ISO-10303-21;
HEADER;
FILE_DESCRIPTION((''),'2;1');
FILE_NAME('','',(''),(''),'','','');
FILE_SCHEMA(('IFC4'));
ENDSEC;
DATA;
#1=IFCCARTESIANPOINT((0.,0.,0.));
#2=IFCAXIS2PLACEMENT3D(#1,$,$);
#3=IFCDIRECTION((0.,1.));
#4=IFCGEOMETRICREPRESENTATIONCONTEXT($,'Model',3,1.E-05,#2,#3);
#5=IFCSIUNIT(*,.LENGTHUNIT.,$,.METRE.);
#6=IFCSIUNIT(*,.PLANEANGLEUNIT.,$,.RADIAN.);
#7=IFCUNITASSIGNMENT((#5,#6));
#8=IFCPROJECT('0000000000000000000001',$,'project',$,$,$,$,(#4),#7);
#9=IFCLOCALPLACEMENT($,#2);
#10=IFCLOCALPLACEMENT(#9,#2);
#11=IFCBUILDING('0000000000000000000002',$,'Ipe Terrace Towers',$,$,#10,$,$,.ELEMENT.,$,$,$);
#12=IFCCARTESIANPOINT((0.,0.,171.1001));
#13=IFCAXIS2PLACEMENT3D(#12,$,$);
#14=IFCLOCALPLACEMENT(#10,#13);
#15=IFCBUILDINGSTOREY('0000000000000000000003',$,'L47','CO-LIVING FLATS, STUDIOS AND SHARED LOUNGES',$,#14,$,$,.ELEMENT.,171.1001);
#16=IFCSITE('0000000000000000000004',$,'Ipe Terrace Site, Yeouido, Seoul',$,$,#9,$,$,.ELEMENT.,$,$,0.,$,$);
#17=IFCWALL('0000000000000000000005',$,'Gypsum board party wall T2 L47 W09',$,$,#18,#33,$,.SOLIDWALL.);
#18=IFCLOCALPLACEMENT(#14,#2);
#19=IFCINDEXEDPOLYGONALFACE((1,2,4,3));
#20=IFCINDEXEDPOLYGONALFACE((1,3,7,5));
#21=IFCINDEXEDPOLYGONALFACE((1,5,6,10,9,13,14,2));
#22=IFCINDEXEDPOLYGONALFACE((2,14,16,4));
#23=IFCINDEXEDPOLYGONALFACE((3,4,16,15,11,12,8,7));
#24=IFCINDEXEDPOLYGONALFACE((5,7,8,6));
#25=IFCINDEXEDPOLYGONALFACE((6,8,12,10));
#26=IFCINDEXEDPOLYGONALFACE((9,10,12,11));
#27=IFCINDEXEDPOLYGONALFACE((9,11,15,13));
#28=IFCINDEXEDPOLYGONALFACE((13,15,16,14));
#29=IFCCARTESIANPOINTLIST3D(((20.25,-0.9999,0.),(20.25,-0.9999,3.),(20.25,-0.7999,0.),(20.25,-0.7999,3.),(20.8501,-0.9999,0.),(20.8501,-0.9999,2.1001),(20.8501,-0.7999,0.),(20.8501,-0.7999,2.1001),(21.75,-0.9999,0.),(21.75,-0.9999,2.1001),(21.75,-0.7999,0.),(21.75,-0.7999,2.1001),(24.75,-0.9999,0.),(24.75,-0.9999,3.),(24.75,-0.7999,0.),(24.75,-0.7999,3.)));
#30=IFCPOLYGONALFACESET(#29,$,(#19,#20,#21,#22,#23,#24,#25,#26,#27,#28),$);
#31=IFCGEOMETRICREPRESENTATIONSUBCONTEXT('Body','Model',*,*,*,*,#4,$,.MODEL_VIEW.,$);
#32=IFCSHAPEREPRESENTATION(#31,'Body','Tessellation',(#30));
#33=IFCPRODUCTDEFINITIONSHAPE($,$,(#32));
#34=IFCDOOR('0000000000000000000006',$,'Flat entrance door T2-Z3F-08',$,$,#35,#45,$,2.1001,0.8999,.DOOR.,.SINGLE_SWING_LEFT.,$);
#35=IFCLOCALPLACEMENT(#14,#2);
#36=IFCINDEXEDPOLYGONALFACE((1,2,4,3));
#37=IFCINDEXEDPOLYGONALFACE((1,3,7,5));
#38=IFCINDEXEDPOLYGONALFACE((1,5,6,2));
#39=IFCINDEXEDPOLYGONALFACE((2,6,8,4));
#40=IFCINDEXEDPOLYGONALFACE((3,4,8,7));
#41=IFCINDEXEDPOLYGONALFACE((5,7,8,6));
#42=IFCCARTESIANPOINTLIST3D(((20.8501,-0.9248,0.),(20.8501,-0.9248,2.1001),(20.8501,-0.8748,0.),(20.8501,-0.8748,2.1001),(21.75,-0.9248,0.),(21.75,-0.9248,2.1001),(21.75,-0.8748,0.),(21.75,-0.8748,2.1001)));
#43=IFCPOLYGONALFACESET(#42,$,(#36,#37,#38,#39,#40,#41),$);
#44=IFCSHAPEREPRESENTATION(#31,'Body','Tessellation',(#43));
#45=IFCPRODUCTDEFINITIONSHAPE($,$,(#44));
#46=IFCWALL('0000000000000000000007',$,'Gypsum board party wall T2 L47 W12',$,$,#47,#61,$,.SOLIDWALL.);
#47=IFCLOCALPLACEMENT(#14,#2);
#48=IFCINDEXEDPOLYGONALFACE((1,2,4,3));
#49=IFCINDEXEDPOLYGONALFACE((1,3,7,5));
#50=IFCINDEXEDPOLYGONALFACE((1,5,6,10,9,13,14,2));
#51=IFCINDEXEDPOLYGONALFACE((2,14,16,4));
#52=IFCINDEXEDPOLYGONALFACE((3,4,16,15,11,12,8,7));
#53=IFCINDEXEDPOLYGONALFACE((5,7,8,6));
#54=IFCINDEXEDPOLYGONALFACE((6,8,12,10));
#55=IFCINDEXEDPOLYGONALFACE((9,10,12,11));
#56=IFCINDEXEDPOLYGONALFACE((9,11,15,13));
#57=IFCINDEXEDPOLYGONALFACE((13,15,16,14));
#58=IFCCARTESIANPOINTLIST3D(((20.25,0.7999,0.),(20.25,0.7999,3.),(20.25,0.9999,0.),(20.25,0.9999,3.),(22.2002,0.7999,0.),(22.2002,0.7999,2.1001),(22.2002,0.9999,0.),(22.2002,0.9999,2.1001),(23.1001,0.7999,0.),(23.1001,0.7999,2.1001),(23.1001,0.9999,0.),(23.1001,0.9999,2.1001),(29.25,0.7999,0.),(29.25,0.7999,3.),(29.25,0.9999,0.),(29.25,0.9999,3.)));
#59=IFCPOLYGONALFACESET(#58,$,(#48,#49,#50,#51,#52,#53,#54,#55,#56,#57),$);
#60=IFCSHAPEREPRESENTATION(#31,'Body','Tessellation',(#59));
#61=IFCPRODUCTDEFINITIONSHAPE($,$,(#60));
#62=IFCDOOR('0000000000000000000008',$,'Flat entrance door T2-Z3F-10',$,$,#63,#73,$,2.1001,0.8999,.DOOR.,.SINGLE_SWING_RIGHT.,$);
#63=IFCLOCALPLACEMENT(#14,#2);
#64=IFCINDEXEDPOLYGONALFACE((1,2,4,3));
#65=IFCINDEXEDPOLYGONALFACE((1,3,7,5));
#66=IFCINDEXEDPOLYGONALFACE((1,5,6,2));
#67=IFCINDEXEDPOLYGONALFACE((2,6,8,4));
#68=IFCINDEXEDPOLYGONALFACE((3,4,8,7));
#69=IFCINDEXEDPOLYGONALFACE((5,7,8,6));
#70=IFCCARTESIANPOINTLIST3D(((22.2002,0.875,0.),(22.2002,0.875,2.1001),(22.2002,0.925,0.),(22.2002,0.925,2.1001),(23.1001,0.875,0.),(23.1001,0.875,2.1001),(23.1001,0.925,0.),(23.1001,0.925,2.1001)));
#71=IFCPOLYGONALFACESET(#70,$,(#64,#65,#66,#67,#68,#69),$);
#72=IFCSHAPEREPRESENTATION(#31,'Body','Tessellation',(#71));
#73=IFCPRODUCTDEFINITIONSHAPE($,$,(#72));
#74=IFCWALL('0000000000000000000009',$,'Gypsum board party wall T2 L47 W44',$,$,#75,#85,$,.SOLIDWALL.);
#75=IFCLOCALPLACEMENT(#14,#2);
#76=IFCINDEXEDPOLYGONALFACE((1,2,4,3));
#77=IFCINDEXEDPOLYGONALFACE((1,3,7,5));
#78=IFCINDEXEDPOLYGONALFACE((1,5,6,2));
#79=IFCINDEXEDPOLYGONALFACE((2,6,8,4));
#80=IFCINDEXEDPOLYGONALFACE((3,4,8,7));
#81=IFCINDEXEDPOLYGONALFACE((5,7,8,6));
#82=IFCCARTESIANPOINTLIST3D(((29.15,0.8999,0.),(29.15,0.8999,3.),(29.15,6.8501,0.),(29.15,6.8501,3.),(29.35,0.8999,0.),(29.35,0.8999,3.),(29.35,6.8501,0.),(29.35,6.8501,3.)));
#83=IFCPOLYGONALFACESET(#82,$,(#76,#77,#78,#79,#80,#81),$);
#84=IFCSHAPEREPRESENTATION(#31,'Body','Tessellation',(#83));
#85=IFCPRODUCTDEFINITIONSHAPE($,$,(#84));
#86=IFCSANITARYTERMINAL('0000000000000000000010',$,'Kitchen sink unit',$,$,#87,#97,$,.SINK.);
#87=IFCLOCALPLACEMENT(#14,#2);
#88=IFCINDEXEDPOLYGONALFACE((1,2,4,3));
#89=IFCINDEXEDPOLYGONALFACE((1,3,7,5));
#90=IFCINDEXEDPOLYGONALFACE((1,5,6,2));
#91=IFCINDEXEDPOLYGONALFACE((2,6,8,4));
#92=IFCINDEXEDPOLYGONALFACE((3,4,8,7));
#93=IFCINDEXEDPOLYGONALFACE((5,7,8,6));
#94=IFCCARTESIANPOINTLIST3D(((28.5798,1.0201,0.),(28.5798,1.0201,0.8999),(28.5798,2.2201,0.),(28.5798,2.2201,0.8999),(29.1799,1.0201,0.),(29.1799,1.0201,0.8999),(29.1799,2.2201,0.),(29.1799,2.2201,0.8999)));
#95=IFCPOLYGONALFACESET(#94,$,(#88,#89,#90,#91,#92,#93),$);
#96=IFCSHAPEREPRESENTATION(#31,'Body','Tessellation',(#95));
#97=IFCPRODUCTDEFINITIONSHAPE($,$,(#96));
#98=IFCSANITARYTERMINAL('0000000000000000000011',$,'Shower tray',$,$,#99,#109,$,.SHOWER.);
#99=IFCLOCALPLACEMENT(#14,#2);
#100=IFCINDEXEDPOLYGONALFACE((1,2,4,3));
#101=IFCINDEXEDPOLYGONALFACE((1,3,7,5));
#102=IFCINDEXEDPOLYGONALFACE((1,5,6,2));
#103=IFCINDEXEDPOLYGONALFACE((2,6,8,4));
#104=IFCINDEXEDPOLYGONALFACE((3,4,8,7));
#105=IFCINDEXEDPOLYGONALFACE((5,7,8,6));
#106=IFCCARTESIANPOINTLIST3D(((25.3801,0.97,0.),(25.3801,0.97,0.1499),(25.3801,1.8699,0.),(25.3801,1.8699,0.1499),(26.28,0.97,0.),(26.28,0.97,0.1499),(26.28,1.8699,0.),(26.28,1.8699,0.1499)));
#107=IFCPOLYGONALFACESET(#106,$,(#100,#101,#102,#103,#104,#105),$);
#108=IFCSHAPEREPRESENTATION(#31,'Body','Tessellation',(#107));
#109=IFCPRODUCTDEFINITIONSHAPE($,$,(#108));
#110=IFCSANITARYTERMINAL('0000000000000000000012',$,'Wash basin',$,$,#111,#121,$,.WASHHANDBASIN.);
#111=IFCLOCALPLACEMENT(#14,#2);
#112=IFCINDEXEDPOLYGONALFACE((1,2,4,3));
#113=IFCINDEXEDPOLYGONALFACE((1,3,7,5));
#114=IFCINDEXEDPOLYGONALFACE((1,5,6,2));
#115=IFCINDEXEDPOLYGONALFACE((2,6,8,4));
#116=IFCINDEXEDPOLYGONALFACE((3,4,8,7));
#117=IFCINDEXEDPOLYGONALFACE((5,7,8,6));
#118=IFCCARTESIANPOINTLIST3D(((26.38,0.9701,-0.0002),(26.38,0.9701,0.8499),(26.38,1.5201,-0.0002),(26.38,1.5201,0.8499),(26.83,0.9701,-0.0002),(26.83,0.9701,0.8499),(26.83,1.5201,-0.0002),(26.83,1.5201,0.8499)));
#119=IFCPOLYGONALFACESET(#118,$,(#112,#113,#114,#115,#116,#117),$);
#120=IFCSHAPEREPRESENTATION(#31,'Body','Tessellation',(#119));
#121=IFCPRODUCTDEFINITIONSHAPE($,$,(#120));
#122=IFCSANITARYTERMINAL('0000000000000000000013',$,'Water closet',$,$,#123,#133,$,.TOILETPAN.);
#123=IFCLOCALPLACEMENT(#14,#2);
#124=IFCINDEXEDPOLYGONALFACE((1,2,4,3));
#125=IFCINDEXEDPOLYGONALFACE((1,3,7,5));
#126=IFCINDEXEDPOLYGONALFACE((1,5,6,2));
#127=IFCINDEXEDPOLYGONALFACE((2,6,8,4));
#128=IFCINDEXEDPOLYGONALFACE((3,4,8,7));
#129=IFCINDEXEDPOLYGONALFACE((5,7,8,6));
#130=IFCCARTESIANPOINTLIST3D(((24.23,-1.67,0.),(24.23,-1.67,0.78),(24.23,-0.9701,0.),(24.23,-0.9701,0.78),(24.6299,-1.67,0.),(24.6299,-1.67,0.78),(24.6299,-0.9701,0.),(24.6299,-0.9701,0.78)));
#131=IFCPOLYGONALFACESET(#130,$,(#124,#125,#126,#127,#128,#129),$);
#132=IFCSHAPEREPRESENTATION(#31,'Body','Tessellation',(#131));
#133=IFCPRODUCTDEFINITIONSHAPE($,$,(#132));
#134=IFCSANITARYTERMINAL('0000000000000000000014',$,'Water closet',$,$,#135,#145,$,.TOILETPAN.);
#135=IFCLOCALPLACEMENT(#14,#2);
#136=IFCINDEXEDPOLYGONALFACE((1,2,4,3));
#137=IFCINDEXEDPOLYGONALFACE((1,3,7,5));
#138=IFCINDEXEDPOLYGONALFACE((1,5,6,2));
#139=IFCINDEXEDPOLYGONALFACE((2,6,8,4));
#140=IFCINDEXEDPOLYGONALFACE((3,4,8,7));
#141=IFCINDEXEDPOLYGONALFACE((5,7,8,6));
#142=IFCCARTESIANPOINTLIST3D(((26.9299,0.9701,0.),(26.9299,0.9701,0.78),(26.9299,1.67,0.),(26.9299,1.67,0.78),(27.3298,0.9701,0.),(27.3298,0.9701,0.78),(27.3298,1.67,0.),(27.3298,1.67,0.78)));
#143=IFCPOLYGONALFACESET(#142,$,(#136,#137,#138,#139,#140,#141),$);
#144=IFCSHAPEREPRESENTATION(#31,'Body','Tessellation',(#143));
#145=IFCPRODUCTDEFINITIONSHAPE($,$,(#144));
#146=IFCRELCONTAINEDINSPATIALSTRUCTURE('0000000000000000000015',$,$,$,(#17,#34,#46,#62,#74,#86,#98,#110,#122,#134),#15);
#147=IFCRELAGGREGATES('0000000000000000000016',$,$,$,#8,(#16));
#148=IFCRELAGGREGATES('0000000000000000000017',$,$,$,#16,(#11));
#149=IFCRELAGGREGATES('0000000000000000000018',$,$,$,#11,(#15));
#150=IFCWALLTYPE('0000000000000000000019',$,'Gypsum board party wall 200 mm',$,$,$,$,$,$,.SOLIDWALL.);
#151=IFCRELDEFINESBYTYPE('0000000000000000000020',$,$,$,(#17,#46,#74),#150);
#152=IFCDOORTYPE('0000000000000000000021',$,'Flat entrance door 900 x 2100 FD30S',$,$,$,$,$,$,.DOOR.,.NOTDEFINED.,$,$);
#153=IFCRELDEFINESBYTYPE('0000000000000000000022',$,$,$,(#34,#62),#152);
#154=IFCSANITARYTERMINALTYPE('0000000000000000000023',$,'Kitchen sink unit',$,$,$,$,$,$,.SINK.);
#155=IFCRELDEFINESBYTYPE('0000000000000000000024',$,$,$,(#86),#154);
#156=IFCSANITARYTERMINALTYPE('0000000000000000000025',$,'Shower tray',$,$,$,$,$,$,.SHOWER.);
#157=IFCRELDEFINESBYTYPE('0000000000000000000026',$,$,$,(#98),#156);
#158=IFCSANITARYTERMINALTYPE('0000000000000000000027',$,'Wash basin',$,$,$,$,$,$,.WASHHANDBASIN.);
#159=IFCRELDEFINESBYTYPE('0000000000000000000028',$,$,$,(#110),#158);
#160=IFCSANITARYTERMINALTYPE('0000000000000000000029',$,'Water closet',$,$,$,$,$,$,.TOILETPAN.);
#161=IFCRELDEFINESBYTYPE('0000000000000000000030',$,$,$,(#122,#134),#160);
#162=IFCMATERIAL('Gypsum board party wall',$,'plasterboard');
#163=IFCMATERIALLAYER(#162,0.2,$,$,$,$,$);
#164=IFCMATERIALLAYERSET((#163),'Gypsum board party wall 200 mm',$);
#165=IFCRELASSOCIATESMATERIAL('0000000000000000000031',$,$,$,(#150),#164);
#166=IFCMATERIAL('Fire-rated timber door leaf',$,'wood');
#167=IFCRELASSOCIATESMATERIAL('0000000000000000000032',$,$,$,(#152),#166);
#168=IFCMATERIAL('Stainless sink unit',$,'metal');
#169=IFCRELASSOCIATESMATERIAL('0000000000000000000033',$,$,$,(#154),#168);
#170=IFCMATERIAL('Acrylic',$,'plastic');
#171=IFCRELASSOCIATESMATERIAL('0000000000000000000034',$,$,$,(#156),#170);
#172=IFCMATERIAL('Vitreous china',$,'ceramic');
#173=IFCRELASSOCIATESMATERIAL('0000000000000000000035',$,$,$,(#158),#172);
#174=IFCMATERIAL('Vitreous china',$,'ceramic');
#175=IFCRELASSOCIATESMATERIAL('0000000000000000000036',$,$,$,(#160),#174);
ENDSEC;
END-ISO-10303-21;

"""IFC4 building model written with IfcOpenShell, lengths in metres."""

from ifc_helpers import new_model, si_unit, direction, frame, frame_2d, origin, origin_2d, place, context, subcontext, project, spatial, rectangle, extrude, material, layer, layer_set, type_object, element, fill, save


model = new_model("IFC4")

# Units and contexts
model_context = context("Model", 3, precision=1e-05, world=origin(), true_north=direction((0.0, 1.0)))
body_context = subcontext(model_context, "Body", "Model", "MODEL_VIEW")
ifc_project = project(units=[si_unit("LENGTHUNIT", "METRE"), si_unit("PLANEANGLEUNIT", "RADIAN")], contexts=[model_context])

# Site, building, storey
site_placement = place(None, origin())
site = spatial("IfcSite", under=ifc_project, at=site_placement, Name="Ipe Terrace Site, Yeouido, Seoul", CompositionType="ELEMENT", RefElevation=0.0)
building_placement = place(site_placement, origin())
building = spatial("IfcBuilding", under=site, at=building_placement, Name="Ipe Terrace Towers", CompositionType="ELEMENT")
storey_placement = place(building_placement, frame((0.0, 0.0, 171.1001)))
storey = spatial("IfcBuildingStorey", under=building, at=storey_placement, Name="L47", Description="CO-LIVING FLATS, STUDIOS AND SHARED LOUNGES", CompositionType="ELEMENT", Elevation=171.1001)

# Walls, openings, doors
ifc_material_1 = material(Name="Gypsum board party wall", Category="plasterboard")
ifc_layer_1 = layer(ifc_material_1, 0.2)
ifc_layer_set_1 = layer_set([ifc_layer_1], Name="Gypsum board party wall 200 mm")
wall_type_1 = type_object("IfcWallType", Name="Gypsum board party wall 200 mm", PredefinedType="SOLIDWALL", material=ifc_layer_set_1)
wall_1_placement = place(storey_placement, frame((24.75, -0.8999, 0.0), z_axis=(0.0, 0.0, 1.0), x_axis=(-1.0, 0.0, 0.0)))
wall_1 = element("IfcWall", 1, at=wall_1_placement, inside=storey, type_object=wall_type_1, Name="Gypsum board party wall T2 L47 W09", PredefinedType="SOLIDWALL", context=body_context, shape_type="SweptSolid", body=[
    extrude(rectangle(XDim=4.5, YDim=0.2, at=frame_2d((2.25, 0.0))), origin(), (0.0, 0.0, 1.0), 3.0),
])
opening_1_placement = place(wall_1_placement, frame((3.0, 0.0, 0.0)))
opening_1 = element("IfcOpeningElement", 2, at=opening_1_placement, cuts=wall_1, PredefinedType="OPENING", context=body_context, shape_type="SweptSolid", body=[
    extrude(rectangle(XDim=0.8999, YDim=2.1001, at=frame_2d((0.45, 1.05))), frame((0.0, 0.1099, 0.0), z_axis=(0.0, -1.0, 0.0), x_axis=(1.0, 0.0, 0.0)), (0.0, 0.0, 1.0), 0.22),
])
ifc_material_2 = material(Name="Fire-rated timber door leaf", Category="wood")
door_type_1 = type_object("IfcDoorType", Name="Flat entrance door 900 x 2100 FD30S", OperationType="NOTDEFINED", PredefinedType="DOOR", material=ifc_material_2)
door_1_placement = place(opening_1_placement, origin())
door_1 = element("IfcDoor", 3, at=door_1_placement, inside=storey, type_object=door_type_1, Name="Flat entrance door T2-Z3F-08", OperationType="SINGLE_SWING_LEFT", OverallHeight=2.1001, OverallWidth=0.8999, PredefinedType="DOOR", context=body_context, shape_type="SweptSolid", body=[
    extrude(rectangle(XDim=0.8999, YDim=2.1001, at=frame_2d((0.45, 1.05))), frame((0.0, 0.0249, 0.0), z_axis=(0.0, -1.0, 0.0), x_axis=(1.0, 0.0, 0.0)), (0.0, 0.0, 1.0), 0.05),
])
fill(opening_1, door_1)
wall_2_placement = place(storey_placement, frame((29.25, 0.8999, 0.0), z_axis=(0.0, 0.0, 1.0), x_axis=(-1.0, 0.0, 0.0)))
wall_2 = element("IfcWall", 4, at=wall_2_placement, inside=storey, type_object=wall_type_1, Name="Gypsum board party wall T2 L47 W12", PredefinedType="SOLIDWALL", context=body_context, shape_type="SweptSolid", body=[
    extrude(rectangle(XDim=9.0, YDim=0.2, at=frame_2d((4.5, 0.0))), origin(), (0.0, 0.0, 1.0), 3.0),
])
opening_2_placement = place(wall_2_placement, frame((6.1499, 0.0, 0.0)))
opening_2 = element("IfcOpeningElement", 5, at=opening_2_placement, cuts=wall_2, PredefinedType="OPENING", context=body_context, shape_type="SweptSolid", body=[
    extrude(rectangle(XDim=0.8999, YDim=2.1001, at=frame_2d((0.45, 1.05))), frame((0.0, 0.1099, 0.0), z_axis=(0.0, -1.0, 0.0), x_axis=(1.0, 0.0, 0.0)), (0.0, 0.0, 1.0), 0.22),
])
door_2_placement = place(opening_2_placement, origin())
door_2 = element("IfcDoor", 6, at=door_2_placement, inside=storey, type_object=door_type_1, Name="Flat entrance door T2-Z3F-10", OperationType="SINGLE_SWING_RIGHT", OverallHeight=2.1001, OverallWidth=0.8999, PredefinedType="DOOR", context=body_context, shape_type="SweptSolid", body=[
    extrude(rectangle(XDim=0.8999, YDim=2.1001, at=frame_2d((0.45, 1.05))), frame((0.0, 0.0249, 0.0), z_axis=(0.0, -1.0, 0.0), x_axis=(1.0, 0.0, 0.0)), (0.0, 0.0, 1.0), 0.05),
])
fill(opening_2, door_2)

# Wall
wall_3_placement = place(storey_placement, frame((29.25, 0.8999, 0.0), z_axis=(0.0, 0.0, 1.0), x_axis=(0.0, 1.0, 0.0)))
element("IfcWall", 7, at=wall_3_placement, inside=storey, type_object=wall_type_1, Name="Gypsum board party wall T2 L47 W44", PredefinedType="SOLIDWALL", context=body_context, shape_type="SweptSolid", body=[
    extrude(rectangle(XDim=5.9502, YDim=0.2, at=frame_2d((2.9751, 0.0))), origin(), (0.0, 0.0, 1.0), 3.0),
])

# Sanitary terminals
ifc_material_3 = material(Name="Stainless sink unit", Category="metal")
sanitary_terminal_type_1 = type_object("IfcSanitaryTerminalType", Name="Kitchen sink unit", PredefinedType="SINK", material=ifc_material_3)
sanitary_terminal_1_placement = place(storey_placement, frame((28.8799, 1.6201, 0.0), z_axis=(0.0, 0.0, 1.0), x_axis=(0.0, -1.0, 0.0)))
element("IfcSanitaryTerminal", 8, at=sanitary_terminal_1_placement, inside=storey, type_object=sanitary_terminal_type_1, Name="Kitchen sink unit", PredefinedType="SINK", context=body_context, shape_type="SweptSolid", body=[
    extrude(rectangle(XDim=1.2, YDim=0.6001, at=origin_2d()), origin(), (0.0, 0.0, 1.0), 0.8999),
])
ifc_material_4 = material(Name="Acrylic", Category="plastic")
sanitary_terminal_type_2 = type_object("IfcSanitaryTerminalType", Name="Shower tray", PredefinedType="SHOWER", material=ifc_material_4)
sanitary_terminal_2_placement = place(storey_placement, frame((25.8301, 1.4199, 0.0), z_axis=(0.0, 0.0, 1.0), x_axis=(0.0, 1.0, 0.0)))
element("IfcSanitaryTerminal", 9, at=sanitary_terminal_2_placement, inside=storey, type_object=sanitary_terminal_type_2, Name="Shower tray", PredefinedType="SHOWER", context=body_context, shape_type="SweptSolid", body=[
    extrude(rectangle(XDim=0.8999, YDim=0.8999, at=origin_2d()), origin(), (0.0, 0.0, 1.0), 0.1499),
])
ifc_material_5 = material(Name="Vitreous china", Category="ceramic")
sanitary_terminal_type_3 = type_object("IfcSanitaryTerminalType", Name="Wash basin", PredefinedType="WASHHANDBASIN", material=ifc_material_5)
sanitary_terminal_3_placement = place(storey_placement, frame((26.605, 1.2451, -0.0002), z_axis=(0.0, 0.0, 1.0), x_axis=(0.0, 1.0, 0.0)))
element("IfcSanitaryTerminal", 10, at=sanitary_terminal_3_placement, inside=storey, type_object=sanitary_terminal_type_3, Name="Wash basin", PredefinedType="WASHHANDBASIN", context=body_context, shape_type="SweptSolid", body=[
    extrude(rectangle(XDim=0.55, YDim=0.45, at=origin_2d()), origin(), (0.0, 0.0, 1.0), 0.8501),
])
ifc_material_6 = material(Name="Vitreous china", Category="ceramic")
sanitary_terminal_type_4 = type_object("IfcSanitaryTerminalType", Name="Water closet", PredefinedType="TOILETPAN", material=ifc_material_6)
for number, where, z_axis, x_axis, name in (
    (11, (24.4299, -1.3201, 0.0), (0.0, 0.0, 1.0), (0.0, -1.0, 0.0), "Water closet"),
    (12, (27.1299, 1.3201, 0.0), (0.0, 0.0, 1.0), (0.0, 1.0, 0.0), "Water closet"),
):
    element("IfcSanitaryTerminal", number, at=place(storey_placement, frame(where, z_axis=z_axis, x_axis=x_axis)), inside=storey, type_object=sanitary_terminal_type_4, Name=name, PredefinedType="TOILETPAN", context=body_context, shape_type="SweptSolid", body=[
        extrude(rectangle(XDim=0.7, YDim=0.3999, at=origin_2d()), origin(), (0.0, 0.0, 1.0), 0.78),
    ])

save(model, "model.ifc")
